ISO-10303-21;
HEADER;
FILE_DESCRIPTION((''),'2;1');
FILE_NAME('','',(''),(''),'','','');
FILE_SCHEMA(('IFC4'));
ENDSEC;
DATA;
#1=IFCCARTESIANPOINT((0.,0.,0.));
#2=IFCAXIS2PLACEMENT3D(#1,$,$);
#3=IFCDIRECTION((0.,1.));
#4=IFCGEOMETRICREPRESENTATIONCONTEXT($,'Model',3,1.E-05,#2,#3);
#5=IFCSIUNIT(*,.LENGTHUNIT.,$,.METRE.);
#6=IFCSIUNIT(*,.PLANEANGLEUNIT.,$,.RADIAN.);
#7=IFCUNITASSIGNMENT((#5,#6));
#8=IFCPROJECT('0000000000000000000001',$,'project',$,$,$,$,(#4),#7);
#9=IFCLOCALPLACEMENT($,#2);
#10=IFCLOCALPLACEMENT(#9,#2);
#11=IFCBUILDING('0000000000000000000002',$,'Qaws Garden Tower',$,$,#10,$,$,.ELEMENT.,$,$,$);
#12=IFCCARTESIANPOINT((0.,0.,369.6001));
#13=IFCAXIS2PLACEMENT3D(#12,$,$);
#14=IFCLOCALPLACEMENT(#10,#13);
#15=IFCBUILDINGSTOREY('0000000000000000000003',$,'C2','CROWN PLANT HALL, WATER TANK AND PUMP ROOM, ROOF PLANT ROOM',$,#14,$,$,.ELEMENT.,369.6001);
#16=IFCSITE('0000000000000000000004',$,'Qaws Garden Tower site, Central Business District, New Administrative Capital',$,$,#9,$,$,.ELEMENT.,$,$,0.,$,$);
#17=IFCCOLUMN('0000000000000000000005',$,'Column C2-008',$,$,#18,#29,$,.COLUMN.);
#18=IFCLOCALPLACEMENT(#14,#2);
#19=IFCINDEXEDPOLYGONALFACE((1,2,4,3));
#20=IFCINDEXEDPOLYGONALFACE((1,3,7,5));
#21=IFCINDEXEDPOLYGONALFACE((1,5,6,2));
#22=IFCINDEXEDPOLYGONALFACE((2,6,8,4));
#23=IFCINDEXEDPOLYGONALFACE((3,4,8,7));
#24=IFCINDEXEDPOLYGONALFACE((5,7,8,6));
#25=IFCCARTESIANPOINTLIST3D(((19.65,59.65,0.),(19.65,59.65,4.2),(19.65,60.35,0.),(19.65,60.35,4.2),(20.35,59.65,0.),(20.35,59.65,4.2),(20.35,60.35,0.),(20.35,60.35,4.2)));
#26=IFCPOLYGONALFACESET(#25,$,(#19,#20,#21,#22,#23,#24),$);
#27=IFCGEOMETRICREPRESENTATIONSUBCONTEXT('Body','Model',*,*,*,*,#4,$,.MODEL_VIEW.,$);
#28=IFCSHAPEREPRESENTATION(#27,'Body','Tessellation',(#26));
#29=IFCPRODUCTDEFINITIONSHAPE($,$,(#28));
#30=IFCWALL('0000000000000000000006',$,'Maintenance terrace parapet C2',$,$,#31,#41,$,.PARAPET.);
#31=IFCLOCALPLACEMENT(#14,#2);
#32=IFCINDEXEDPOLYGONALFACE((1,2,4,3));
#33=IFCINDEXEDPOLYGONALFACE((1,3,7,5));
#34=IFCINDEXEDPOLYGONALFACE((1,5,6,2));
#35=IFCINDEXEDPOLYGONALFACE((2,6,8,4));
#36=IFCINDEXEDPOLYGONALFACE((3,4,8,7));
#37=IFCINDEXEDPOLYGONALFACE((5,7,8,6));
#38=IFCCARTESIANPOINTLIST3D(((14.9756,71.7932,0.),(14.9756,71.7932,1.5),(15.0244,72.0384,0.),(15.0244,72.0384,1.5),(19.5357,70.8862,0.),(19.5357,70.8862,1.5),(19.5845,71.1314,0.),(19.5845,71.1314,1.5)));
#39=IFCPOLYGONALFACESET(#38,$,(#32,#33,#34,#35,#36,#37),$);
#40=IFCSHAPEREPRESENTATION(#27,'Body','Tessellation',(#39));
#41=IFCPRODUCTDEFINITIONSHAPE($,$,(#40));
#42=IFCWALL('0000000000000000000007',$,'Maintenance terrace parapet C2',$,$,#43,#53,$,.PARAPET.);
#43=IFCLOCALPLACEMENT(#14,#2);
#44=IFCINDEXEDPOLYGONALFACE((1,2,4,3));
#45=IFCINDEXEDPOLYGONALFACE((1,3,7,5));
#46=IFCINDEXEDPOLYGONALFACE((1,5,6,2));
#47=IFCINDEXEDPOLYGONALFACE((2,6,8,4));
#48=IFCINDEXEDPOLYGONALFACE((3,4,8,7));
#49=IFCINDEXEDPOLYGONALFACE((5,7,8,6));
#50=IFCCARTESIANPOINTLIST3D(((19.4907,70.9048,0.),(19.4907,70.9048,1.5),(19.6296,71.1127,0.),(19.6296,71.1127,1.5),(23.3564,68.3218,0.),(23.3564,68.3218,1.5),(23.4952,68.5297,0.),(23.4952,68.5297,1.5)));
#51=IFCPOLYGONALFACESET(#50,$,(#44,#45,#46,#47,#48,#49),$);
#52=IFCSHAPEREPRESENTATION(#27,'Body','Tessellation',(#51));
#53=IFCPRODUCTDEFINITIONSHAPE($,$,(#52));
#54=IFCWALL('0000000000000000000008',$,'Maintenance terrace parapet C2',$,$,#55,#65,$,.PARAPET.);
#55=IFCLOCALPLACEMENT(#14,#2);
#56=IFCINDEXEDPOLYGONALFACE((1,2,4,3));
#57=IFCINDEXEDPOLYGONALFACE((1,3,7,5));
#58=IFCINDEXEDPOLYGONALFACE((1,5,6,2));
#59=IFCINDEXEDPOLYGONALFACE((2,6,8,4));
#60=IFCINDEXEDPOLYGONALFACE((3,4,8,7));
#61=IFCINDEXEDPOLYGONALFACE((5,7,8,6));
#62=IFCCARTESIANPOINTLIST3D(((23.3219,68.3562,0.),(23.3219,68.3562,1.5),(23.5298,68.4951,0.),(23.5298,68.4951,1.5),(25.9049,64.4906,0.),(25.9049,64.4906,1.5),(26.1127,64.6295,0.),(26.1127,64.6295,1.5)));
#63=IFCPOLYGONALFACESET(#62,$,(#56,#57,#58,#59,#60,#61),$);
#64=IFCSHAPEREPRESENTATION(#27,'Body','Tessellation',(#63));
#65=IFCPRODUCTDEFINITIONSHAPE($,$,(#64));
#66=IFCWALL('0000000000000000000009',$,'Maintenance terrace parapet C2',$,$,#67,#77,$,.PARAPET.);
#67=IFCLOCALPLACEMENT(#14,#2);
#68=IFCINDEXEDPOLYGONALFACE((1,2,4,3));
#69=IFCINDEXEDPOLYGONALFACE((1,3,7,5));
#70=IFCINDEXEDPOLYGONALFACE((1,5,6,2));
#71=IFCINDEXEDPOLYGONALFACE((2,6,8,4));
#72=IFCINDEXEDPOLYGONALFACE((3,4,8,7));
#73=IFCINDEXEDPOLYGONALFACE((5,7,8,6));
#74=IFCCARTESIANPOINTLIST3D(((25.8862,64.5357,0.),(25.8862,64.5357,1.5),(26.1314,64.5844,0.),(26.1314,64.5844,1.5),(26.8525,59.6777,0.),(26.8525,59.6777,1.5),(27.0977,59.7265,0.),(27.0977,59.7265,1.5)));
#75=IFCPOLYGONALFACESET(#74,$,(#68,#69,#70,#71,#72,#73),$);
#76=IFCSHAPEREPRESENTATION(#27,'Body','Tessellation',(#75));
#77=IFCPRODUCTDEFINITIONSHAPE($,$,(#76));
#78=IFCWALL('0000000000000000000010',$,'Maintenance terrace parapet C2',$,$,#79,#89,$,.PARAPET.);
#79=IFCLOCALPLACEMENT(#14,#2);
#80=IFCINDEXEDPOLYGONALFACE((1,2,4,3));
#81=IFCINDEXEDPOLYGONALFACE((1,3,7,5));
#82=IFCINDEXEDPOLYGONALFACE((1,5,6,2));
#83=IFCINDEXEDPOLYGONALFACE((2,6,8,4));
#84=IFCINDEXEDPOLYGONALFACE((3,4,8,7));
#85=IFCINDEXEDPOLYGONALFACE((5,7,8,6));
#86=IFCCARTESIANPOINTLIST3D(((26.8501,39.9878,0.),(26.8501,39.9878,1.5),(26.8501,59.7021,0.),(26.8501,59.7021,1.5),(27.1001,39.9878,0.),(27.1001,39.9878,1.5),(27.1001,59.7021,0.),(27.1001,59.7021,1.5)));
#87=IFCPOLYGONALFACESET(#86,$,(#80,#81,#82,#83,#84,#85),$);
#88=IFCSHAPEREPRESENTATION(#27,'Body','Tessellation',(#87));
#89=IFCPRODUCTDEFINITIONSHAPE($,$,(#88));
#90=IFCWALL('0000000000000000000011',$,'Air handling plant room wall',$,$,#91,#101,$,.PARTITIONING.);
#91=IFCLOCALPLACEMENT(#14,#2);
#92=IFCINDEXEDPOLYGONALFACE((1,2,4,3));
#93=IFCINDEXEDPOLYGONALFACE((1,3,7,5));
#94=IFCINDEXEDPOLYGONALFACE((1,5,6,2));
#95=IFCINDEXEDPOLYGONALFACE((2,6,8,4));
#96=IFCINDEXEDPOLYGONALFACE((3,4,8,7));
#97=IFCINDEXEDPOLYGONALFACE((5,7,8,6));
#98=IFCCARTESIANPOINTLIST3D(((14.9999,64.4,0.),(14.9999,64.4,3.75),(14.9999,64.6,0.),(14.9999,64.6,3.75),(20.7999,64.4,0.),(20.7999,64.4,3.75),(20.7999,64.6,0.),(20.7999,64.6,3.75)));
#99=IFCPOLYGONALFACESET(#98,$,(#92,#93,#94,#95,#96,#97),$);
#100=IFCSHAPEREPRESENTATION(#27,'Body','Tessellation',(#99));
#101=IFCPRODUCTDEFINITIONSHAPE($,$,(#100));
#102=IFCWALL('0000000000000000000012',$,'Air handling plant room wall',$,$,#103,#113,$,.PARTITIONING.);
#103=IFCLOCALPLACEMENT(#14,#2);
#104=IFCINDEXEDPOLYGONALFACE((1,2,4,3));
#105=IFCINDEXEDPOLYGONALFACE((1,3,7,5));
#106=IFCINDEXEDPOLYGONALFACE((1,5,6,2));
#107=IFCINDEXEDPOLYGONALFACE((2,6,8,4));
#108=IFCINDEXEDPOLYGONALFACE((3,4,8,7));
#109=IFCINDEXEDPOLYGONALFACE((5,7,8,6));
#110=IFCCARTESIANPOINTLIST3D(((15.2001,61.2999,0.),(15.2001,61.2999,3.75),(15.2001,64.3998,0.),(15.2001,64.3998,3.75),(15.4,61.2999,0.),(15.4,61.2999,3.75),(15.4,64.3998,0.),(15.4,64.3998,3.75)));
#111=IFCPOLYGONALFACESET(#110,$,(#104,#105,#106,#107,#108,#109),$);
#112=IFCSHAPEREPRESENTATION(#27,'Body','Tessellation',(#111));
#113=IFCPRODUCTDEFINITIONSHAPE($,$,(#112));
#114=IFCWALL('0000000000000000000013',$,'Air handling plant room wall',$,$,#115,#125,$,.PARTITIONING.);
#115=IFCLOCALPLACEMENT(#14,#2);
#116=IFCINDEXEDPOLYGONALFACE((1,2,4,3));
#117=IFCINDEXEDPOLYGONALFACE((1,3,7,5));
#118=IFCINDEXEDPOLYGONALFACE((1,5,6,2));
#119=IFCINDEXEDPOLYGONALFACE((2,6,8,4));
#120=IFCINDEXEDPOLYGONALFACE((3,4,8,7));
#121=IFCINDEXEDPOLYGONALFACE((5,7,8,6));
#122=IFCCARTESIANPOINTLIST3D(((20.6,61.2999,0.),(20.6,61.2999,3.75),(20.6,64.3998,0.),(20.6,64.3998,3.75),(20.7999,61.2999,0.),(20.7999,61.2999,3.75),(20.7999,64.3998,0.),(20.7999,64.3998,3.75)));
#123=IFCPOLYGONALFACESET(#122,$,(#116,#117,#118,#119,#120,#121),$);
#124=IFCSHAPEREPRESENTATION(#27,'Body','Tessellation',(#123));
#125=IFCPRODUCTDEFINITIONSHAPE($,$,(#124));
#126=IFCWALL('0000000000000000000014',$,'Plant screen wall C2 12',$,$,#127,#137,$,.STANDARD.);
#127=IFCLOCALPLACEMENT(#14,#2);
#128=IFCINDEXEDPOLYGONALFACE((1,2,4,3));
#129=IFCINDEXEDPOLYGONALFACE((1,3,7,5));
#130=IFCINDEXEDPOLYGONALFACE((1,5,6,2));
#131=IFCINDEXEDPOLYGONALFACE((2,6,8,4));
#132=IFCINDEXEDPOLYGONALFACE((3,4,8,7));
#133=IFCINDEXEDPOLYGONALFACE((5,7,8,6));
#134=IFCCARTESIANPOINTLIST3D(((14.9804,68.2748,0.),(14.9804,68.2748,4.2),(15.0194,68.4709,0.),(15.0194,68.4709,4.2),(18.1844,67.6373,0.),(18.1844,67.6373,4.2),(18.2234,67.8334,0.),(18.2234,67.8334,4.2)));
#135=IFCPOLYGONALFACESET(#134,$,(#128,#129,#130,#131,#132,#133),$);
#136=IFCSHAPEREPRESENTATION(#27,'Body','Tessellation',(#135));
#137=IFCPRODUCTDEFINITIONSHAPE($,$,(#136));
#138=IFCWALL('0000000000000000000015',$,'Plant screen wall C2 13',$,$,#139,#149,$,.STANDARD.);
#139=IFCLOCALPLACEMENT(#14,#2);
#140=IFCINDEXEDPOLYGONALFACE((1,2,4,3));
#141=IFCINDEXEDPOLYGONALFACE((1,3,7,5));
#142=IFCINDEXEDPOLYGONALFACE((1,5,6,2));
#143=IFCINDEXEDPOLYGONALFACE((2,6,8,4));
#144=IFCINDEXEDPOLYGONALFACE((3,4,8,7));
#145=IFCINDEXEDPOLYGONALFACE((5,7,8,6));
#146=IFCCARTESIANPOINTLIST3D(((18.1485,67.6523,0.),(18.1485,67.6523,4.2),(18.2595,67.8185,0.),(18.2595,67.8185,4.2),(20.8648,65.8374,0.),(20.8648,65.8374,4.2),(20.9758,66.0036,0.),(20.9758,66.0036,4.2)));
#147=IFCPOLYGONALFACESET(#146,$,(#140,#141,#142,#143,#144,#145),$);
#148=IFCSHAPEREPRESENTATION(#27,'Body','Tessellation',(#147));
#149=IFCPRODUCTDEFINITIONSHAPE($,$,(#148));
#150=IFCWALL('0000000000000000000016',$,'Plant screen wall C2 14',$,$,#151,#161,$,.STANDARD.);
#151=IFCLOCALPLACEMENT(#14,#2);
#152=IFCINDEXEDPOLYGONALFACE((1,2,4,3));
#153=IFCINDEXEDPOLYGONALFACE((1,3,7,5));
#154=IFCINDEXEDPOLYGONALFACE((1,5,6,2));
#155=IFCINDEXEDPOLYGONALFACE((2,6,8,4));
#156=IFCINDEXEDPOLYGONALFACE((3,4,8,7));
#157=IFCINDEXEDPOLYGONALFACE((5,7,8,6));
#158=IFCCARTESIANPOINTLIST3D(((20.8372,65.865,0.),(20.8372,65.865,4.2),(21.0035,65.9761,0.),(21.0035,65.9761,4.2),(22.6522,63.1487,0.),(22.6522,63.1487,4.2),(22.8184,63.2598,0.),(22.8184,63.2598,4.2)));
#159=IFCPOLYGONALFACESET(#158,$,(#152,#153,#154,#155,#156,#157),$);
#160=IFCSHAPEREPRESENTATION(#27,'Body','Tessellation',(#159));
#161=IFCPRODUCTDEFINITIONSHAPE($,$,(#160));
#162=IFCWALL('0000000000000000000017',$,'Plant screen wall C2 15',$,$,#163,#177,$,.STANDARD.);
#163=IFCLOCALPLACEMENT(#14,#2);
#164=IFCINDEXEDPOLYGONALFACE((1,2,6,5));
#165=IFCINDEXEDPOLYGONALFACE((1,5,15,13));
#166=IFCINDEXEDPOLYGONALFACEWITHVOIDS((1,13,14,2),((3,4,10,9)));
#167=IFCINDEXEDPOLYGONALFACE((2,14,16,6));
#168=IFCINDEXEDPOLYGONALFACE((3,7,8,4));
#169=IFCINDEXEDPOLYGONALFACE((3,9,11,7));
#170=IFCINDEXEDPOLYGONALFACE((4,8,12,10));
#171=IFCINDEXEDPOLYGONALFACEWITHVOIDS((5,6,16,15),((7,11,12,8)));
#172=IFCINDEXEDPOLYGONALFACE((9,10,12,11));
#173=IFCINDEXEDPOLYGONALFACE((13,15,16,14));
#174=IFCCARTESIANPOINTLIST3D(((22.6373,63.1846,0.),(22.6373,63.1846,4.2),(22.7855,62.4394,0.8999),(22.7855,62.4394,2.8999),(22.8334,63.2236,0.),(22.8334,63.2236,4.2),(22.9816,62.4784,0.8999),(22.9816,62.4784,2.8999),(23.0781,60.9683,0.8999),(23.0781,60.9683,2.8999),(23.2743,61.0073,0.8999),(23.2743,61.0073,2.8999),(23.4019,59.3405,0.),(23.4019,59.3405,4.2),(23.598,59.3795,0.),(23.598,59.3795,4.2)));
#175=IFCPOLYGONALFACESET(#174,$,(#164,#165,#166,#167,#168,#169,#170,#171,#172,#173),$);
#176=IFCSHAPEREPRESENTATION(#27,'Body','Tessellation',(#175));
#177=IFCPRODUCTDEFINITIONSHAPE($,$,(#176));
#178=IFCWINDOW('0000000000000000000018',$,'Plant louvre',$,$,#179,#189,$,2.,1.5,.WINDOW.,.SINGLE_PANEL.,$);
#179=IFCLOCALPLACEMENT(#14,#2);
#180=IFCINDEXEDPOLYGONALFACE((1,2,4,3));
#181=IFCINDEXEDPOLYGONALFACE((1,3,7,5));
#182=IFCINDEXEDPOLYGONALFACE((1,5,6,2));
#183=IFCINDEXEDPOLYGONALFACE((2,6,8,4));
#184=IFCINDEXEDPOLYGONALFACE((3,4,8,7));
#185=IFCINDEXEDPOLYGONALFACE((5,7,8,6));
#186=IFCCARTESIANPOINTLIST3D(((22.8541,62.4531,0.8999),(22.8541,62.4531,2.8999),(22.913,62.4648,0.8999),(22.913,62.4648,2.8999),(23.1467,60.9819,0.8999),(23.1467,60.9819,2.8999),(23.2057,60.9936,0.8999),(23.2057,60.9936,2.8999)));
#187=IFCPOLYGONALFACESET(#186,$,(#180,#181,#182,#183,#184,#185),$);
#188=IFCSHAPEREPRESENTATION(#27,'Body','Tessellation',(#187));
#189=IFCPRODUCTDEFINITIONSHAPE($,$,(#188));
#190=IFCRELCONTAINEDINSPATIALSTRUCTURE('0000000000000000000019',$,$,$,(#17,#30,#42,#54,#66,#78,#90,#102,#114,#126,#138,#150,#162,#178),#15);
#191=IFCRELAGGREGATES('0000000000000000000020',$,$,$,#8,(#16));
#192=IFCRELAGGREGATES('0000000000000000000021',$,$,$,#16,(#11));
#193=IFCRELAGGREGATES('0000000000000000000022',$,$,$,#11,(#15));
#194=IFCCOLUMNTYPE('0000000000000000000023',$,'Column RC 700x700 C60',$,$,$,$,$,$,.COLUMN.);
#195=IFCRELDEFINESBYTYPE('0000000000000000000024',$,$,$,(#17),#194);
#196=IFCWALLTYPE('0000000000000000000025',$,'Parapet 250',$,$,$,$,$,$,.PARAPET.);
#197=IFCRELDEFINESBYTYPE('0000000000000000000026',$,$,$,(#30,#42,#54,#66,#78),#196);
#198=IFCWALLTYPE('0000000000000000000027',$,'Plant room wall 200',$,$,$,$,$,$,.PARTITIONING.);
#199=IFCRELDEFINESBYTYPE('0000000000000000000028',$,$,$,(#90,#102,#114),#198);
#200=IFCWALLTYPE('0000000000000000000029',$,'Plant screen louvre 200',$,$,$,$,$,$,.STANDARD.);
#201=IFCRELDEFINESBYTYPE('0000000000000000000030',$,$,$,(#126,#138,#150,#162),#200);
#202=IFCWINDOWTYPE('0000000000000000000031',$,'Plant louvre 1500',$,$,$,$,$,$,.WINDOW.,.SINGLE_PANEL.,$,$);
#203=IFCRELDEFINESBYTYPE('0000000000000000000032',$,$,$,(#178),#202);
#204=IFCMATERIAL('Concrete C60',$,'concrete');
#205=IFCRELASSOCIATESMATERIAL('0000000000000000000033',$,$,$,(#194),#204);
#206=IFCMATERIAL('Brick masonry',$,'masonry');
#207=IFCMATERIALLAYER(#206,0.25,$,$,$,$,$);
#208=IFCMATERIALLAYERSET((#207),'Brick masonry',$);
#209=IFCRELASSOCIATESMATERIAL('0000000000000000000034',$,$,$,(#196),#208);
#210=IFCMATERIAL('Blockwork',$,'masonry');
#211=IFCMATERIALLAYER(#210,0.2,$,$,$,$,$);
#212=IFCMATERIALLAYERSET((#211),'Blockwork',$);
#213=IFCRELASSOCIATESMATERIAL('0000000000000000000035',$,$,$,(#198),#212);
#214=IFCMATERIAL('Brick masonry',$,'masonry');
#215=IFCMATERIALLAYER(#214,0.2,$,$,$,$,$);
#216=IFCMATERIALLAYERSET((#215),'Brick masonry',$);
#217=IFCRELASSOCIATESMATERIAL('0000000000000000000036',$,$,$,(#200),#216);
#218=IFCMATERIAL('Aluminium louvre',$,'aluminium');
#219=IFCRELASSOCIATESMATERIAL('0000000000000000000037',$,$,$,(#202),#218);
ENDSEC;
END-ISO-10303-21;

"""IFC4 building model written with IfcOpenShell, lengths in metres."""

from ifc_helpers import new_model, si_unit, direction, frame, frame_2d, origin, origin_2d, place, context, subcontext, project, spatial, rectangle, extrude, material, layer, layer_set, material_profile, profile_set, type_object, element, fill, save


model = new_model("IFC4")

# Units and contexts
model_context = context("Model", 3, precision=1e-05, world=origin(), true_north=direction((0.0, 1.0)))
body_context = subcontext(model_context, "Body", "Model", "MODEL_VIEW")
ifc_project = project(units=[si_unit("LENGTHUNIT", "METRE"), si_unit("PLANEANGLEUNIT", "RADIAN")], contexts=[model_context])

# Site, building, storey
site_placement = place(None, origin())
site = spatial("IfcSite", under=ifc_project, at=site_placement, Name="Qaws Garden Tower site, Central Business District, New Administrative Capital", CompositionType="ELEMENT", RefElevation=0.0)
building_placement = place(site_placement, origin())
building = spatial("IfcBuilding", under=site, at=building_placement, Name="Qaws Garden Tower", CompositionType="ELEMENT")
storey_placement = place(building_placement, frame((0.0, 0.0, 369.6001)))
storey = spatial("IfcBuildingStorey", under=building, at=storey_placement, Name="C2", Description="CROWN PLANT HALL, WATER TANK AND PUMP ROOM, ROOF PLANT ROOM", CompositionType="ELEMENT", Elevation=369.6001)

# Column
ifc_material_1 = material(Name="Concrete C60", Category="concrete")
ifc_material_profile = material_profile(ifc_material_1, rectangle(XDim=0.7, YDim=0.7, at=origin_2d()), Name="RC 700x700")
ifc_profile_set = profile_set([ifc_material_profile], Name="Concrete C60")
column_type = type_object("IfcColumnType", Name="Column RC 700x700 C60", PredefinedType="COLUMN", material=ifc_profile_set)
column_placement = place(storey_placement, frame((20.0, 60.0, 0.0), z_axis=(0.0, 0.0, 1.0), x_axis=(1.0, 0.0, 0.0)))
element("IfcColumn", 1, at=column_placement, inside=storey, type_object=column_type, Name="Column C2-008", PredefinedType="COLUMN", context=body_context, shape_type="SweptSolid", body=[
    extrude(rectangle(XDim=0.7, YDim=0.7, at=origin_2d()), origin(), (0.0, 0.0, 1.0), 4.2),
])

# Walls
ifc_material_2 = material(Name="Brick masonry", Category="masonry")
ifc_layer_1 = layer(ifc_material_2, 0.25)
ifc_layer_set_1 = layer_set([ifc_layer_1], Name="Brick masonry")
wall_type_1 = type_object("IfcWallType", Name="Parapet 250", PredefinedType="PARAPET", material=ifc_layer_set_1)
wall_1_placement = place(storey_placement, frame((15.0, 71.9158, 0.0), z_axis=(0.0, 0.0, 1.0), x_axis=(0.980788, -0.195076, 0.0)))
element("IfcWall", 2, at=wall_1_placement, inside=storey, type_object=wall_type_1, Name="Maintenance terrace parapet C2", PredefinedType="PARAPET", context=body_context, shape_type="SweptSolid", body=[
    extrude(rectangle(XDim=4.6494, YDim=0.25, at=frame_2d((2.3247, 0.0))), origin(), (0.0, 0.0, 1.0), 1.5),
])
for number, where, z_axis, x_axis, name in (
    (3, (19.5601, 71.0088, 0.0), (0.0, 0.0, 1.0), (0.831468, -0.555572, 0.0), "Maintenance terrace parapet C2"),
    (4, (23.4258, 68.4258, 0.0), (0.0, 0.0, 1.0), (0.555572, -0.831468, 0.0), "Maintenance terrace parapet C2"),
):
    element("IfcWall", number, at=place(storey_placement, frame(where, z_axis=z_axis, x_axis=x_axis)), inside=storey, type_object=wall_type_1, Name=name, PredefinedType="PARAPET", context=body_context, shape_type="SweptSolid", body=[
        extrude(rectangle(XDim=4.6492, YDim=0.25, at=frame_2d((2.3247, 0.0))), origin(), (0.0, 0.0, 1.0), 1.5),
    ])
wall_2_placement = place(storey_placement, frame((26.0088, 64.5601, 0.0), z_axis=(0.0, 0.0, 1.0), x_axis=(0.195092, -0.980785, 0.0)))
element("IfcWall", 5, at=wall_2_placement, inside=storey, type_object=wall_type_1, Name="Maintenance terrace parapet C2", PredefinedType="PARAPET", context=body_context, shape_type="SweptSolid", body=[
    extrude(rectangle(XDim=4.9531, YDim=0.25, at=frame_2d((2.4766, 0.0))), origin(), (0.0, 0.0, 1.0), 1.5),
])
wall_3_placement = place(storey_placement, frame((26.9751, 59.7021, 0.0), z_axis=(0.0, 0.0, 1.0), x_axis=(0.0, -1.0, 0.0)))
element("IfcWall", 6, at=wall_3_placement, inside=storey, type_object=wall_type_1, Name="Maintenance terrace parapet C2", PredefinedType="PARAPET", context=body_context, shape_type="SweptSolid", body=[
    extrude(rectangle(XDim=19.7144, YDim=0.25, at=frame_2d((9.8572, 0.0))), origin(), (0.0, 0.0, 1.0), 1.5),
])
ifc_material_3 = material(Name="Blockwork", Category="masonry")
ifc_layer_2 = layer(ifc_material_3, 0.2)
ifc_layer_set_2 = layer_set([ifc_layer_2], Name="Blockwork")
wall_type_2 = type_object("IfcWallType", Name="Plant room wall 200", PredefinedType="PARTITIONING", material=ifc_layer_set_2)
wall_4_placement = place(storey_placement, frame((15.0, 64.5, 0.0), z_axis=(0.0, 0.0, 1.0), x_axis=(1.0, 0.0, 0.0)))
element("IfcWall", 7, at=wall_4_placement, inside=storey, type_object=wall_type_2, Name="Air handling plant room wall", PredefinedType="PARTITIONING", context=body_context, shape_type="SweptSolid", body=[
    extrude(rectangle(XDim=5.8, YDim=0.2, at=frame_2d((2.8999, 0.0))), origin(), (0.0, 0.0, 1.0), 3.75),
])
for number, where, z_axis, x_axis, name in (
    (8, (15.3, 61.3, 0.0), (0.0, 0.0, 1.0), (0.0, 1.0, 0.0), "Air handling plant room wall"),
    (9, (20.7, 61.3, 0.0), (0.0, 0.0, 1.0), (0.0, 1.0, 0.0), "Air handling plant room wall"),
):
    element("IfcWall", number, at=place(storey_placement, frame(where, z_axis=z_axis, x_axis=x_axis)), inside=storey, type_object=wall_type_2, Name=name, PredefinedType="PARTITIONING", context=body_context, shape_type="SweptSolid", body=[
        extrude(rectangle(XDim=3.0999, YDim=0.2, at=frame_2d((1.5498, 0.0))), origin(), (0.0, 0.0, 1.0), 3.75),
    ])
ifc_material_4 = material(Name="Brick masonry", Category="masonry")
ifc_layer_3 = layer(ifc_material_4, 0.2)
ifc_layer_set_3 = layer_set([ifc_layer_3], Name="Brick masonry")
wall_type_3 = type_object("IfcWallType", Name="Plant screen louvre 200", PredefinedType="STANDARD", material=ifc_layer_set_3)
for number, where, z_axis, x_axis, name in (
    (10, (15.0, 68.3728, 0.0), (0.0, 0.0, 1.0), (0.980779, -0.195124, 0.0), "Plant screen wall C2 12"),
    (11, (18.2041, 67.7354, 0.0), (0.0, 0.0, 1.0), (0.831475, -0.555562, 0.0), "Plant screen wall C2 13"),
    (12, (20.9204, 65.9204, 0.0), (0.0, 0.0, 1.0), (0.555562, -0.831475, 0.0), "Plant screen wall C2 14"),
):
    element("IfcWall", number, at=place(storey_placement, frame(where, z_axis=z_axis, x_axis=x_axis)), inside=storey, type_object=wall_type_3, Name=name, PredefinedType="STANDARD", context=body_context, shape_type="SweptSolid", body=[
        extrude(rectangle(XDim=3.2668, YDim=0.2, at=frame_2d((1.6333, 0.0))), origin(), (0.0, 0.0, 1.0), 4.2),
    ])

# Wall, opening, window
wall_5_placement = place(storey_placement, frame((22.7354, 63.2041, 0.0), z_axis=(0.0, 0.0, 1.0), x_axis=(0.195086, -0.980786, 0.0)))
wall_5 = element("IfcWall", 13, at=wall_5_placement, inside=storey, type_object=wall_type_3, Name="Plant screen wall C2 15", PredefinedType="STANDARD", context=body_context, shape_type="SweptSolid", body=[
    extrude(rectangle(XDim=3.9194, YDim=0.2, at=frame_2d((1.9597, 0.0))), origin(), (0.0, 0.0, 1.0), 4.2),
])
opening_1_placement = place(wall_5_placement, frame((0.7598, 0.0, 0.8999)))
opening_1 = element("IfcOpeningElement", 14, at=opening_1_placement, cuts=wall_5, PredefinedType="OPENING", context=body_context, shape_type="SweptSolid", body=[
    extrude(rectangle(XDim=1.5, YDim=2.0, at=frame_2d((0.75, 1.0))), frame((0.0, 0.1099, 0.0), z_axis=(0.0, -1.0, 0.0), x_axis=(1.0, 0.0, 0.0)), (0.0, 0.0, 1.0), 0.22),
])
ifc_material_5 = material(Name="Aluminium louvre", Category="aluminium")
window_type = type_object("IfcWindowType", Name="Plant louvre 1500", PartitioningType="SINGLE_PANEL", PredefinedType="WINDOW", material=ifc_material_5)
window_1_placement = place(opening_1_placement, origin())
window_1 = element("IfcWindow", 15, at=window_1_placement, inside=storey, type_object=window_type, Name="Plant louvre", OverallHeight=2.0, OverallWidth=1.5, PartitioningType="SINGLE_PANEL", PredefinedType="WINDOW", context=body_context, shape_type="SweptSolid", body=[
    extrude(rectangle(XDim=1.5, YDim=2.0, at=frame_2d((0.75, 1.0))), frame((0.0, 0.03, 0.0), z_axis=(0.0, -1.0, 0.0), x_axis=(1.0, 0.0, 0.0)), (0.0, 0.0, 1.0), 0.0601),
])
fill(opening_1, window_1)

save(model, "model.ifc")
